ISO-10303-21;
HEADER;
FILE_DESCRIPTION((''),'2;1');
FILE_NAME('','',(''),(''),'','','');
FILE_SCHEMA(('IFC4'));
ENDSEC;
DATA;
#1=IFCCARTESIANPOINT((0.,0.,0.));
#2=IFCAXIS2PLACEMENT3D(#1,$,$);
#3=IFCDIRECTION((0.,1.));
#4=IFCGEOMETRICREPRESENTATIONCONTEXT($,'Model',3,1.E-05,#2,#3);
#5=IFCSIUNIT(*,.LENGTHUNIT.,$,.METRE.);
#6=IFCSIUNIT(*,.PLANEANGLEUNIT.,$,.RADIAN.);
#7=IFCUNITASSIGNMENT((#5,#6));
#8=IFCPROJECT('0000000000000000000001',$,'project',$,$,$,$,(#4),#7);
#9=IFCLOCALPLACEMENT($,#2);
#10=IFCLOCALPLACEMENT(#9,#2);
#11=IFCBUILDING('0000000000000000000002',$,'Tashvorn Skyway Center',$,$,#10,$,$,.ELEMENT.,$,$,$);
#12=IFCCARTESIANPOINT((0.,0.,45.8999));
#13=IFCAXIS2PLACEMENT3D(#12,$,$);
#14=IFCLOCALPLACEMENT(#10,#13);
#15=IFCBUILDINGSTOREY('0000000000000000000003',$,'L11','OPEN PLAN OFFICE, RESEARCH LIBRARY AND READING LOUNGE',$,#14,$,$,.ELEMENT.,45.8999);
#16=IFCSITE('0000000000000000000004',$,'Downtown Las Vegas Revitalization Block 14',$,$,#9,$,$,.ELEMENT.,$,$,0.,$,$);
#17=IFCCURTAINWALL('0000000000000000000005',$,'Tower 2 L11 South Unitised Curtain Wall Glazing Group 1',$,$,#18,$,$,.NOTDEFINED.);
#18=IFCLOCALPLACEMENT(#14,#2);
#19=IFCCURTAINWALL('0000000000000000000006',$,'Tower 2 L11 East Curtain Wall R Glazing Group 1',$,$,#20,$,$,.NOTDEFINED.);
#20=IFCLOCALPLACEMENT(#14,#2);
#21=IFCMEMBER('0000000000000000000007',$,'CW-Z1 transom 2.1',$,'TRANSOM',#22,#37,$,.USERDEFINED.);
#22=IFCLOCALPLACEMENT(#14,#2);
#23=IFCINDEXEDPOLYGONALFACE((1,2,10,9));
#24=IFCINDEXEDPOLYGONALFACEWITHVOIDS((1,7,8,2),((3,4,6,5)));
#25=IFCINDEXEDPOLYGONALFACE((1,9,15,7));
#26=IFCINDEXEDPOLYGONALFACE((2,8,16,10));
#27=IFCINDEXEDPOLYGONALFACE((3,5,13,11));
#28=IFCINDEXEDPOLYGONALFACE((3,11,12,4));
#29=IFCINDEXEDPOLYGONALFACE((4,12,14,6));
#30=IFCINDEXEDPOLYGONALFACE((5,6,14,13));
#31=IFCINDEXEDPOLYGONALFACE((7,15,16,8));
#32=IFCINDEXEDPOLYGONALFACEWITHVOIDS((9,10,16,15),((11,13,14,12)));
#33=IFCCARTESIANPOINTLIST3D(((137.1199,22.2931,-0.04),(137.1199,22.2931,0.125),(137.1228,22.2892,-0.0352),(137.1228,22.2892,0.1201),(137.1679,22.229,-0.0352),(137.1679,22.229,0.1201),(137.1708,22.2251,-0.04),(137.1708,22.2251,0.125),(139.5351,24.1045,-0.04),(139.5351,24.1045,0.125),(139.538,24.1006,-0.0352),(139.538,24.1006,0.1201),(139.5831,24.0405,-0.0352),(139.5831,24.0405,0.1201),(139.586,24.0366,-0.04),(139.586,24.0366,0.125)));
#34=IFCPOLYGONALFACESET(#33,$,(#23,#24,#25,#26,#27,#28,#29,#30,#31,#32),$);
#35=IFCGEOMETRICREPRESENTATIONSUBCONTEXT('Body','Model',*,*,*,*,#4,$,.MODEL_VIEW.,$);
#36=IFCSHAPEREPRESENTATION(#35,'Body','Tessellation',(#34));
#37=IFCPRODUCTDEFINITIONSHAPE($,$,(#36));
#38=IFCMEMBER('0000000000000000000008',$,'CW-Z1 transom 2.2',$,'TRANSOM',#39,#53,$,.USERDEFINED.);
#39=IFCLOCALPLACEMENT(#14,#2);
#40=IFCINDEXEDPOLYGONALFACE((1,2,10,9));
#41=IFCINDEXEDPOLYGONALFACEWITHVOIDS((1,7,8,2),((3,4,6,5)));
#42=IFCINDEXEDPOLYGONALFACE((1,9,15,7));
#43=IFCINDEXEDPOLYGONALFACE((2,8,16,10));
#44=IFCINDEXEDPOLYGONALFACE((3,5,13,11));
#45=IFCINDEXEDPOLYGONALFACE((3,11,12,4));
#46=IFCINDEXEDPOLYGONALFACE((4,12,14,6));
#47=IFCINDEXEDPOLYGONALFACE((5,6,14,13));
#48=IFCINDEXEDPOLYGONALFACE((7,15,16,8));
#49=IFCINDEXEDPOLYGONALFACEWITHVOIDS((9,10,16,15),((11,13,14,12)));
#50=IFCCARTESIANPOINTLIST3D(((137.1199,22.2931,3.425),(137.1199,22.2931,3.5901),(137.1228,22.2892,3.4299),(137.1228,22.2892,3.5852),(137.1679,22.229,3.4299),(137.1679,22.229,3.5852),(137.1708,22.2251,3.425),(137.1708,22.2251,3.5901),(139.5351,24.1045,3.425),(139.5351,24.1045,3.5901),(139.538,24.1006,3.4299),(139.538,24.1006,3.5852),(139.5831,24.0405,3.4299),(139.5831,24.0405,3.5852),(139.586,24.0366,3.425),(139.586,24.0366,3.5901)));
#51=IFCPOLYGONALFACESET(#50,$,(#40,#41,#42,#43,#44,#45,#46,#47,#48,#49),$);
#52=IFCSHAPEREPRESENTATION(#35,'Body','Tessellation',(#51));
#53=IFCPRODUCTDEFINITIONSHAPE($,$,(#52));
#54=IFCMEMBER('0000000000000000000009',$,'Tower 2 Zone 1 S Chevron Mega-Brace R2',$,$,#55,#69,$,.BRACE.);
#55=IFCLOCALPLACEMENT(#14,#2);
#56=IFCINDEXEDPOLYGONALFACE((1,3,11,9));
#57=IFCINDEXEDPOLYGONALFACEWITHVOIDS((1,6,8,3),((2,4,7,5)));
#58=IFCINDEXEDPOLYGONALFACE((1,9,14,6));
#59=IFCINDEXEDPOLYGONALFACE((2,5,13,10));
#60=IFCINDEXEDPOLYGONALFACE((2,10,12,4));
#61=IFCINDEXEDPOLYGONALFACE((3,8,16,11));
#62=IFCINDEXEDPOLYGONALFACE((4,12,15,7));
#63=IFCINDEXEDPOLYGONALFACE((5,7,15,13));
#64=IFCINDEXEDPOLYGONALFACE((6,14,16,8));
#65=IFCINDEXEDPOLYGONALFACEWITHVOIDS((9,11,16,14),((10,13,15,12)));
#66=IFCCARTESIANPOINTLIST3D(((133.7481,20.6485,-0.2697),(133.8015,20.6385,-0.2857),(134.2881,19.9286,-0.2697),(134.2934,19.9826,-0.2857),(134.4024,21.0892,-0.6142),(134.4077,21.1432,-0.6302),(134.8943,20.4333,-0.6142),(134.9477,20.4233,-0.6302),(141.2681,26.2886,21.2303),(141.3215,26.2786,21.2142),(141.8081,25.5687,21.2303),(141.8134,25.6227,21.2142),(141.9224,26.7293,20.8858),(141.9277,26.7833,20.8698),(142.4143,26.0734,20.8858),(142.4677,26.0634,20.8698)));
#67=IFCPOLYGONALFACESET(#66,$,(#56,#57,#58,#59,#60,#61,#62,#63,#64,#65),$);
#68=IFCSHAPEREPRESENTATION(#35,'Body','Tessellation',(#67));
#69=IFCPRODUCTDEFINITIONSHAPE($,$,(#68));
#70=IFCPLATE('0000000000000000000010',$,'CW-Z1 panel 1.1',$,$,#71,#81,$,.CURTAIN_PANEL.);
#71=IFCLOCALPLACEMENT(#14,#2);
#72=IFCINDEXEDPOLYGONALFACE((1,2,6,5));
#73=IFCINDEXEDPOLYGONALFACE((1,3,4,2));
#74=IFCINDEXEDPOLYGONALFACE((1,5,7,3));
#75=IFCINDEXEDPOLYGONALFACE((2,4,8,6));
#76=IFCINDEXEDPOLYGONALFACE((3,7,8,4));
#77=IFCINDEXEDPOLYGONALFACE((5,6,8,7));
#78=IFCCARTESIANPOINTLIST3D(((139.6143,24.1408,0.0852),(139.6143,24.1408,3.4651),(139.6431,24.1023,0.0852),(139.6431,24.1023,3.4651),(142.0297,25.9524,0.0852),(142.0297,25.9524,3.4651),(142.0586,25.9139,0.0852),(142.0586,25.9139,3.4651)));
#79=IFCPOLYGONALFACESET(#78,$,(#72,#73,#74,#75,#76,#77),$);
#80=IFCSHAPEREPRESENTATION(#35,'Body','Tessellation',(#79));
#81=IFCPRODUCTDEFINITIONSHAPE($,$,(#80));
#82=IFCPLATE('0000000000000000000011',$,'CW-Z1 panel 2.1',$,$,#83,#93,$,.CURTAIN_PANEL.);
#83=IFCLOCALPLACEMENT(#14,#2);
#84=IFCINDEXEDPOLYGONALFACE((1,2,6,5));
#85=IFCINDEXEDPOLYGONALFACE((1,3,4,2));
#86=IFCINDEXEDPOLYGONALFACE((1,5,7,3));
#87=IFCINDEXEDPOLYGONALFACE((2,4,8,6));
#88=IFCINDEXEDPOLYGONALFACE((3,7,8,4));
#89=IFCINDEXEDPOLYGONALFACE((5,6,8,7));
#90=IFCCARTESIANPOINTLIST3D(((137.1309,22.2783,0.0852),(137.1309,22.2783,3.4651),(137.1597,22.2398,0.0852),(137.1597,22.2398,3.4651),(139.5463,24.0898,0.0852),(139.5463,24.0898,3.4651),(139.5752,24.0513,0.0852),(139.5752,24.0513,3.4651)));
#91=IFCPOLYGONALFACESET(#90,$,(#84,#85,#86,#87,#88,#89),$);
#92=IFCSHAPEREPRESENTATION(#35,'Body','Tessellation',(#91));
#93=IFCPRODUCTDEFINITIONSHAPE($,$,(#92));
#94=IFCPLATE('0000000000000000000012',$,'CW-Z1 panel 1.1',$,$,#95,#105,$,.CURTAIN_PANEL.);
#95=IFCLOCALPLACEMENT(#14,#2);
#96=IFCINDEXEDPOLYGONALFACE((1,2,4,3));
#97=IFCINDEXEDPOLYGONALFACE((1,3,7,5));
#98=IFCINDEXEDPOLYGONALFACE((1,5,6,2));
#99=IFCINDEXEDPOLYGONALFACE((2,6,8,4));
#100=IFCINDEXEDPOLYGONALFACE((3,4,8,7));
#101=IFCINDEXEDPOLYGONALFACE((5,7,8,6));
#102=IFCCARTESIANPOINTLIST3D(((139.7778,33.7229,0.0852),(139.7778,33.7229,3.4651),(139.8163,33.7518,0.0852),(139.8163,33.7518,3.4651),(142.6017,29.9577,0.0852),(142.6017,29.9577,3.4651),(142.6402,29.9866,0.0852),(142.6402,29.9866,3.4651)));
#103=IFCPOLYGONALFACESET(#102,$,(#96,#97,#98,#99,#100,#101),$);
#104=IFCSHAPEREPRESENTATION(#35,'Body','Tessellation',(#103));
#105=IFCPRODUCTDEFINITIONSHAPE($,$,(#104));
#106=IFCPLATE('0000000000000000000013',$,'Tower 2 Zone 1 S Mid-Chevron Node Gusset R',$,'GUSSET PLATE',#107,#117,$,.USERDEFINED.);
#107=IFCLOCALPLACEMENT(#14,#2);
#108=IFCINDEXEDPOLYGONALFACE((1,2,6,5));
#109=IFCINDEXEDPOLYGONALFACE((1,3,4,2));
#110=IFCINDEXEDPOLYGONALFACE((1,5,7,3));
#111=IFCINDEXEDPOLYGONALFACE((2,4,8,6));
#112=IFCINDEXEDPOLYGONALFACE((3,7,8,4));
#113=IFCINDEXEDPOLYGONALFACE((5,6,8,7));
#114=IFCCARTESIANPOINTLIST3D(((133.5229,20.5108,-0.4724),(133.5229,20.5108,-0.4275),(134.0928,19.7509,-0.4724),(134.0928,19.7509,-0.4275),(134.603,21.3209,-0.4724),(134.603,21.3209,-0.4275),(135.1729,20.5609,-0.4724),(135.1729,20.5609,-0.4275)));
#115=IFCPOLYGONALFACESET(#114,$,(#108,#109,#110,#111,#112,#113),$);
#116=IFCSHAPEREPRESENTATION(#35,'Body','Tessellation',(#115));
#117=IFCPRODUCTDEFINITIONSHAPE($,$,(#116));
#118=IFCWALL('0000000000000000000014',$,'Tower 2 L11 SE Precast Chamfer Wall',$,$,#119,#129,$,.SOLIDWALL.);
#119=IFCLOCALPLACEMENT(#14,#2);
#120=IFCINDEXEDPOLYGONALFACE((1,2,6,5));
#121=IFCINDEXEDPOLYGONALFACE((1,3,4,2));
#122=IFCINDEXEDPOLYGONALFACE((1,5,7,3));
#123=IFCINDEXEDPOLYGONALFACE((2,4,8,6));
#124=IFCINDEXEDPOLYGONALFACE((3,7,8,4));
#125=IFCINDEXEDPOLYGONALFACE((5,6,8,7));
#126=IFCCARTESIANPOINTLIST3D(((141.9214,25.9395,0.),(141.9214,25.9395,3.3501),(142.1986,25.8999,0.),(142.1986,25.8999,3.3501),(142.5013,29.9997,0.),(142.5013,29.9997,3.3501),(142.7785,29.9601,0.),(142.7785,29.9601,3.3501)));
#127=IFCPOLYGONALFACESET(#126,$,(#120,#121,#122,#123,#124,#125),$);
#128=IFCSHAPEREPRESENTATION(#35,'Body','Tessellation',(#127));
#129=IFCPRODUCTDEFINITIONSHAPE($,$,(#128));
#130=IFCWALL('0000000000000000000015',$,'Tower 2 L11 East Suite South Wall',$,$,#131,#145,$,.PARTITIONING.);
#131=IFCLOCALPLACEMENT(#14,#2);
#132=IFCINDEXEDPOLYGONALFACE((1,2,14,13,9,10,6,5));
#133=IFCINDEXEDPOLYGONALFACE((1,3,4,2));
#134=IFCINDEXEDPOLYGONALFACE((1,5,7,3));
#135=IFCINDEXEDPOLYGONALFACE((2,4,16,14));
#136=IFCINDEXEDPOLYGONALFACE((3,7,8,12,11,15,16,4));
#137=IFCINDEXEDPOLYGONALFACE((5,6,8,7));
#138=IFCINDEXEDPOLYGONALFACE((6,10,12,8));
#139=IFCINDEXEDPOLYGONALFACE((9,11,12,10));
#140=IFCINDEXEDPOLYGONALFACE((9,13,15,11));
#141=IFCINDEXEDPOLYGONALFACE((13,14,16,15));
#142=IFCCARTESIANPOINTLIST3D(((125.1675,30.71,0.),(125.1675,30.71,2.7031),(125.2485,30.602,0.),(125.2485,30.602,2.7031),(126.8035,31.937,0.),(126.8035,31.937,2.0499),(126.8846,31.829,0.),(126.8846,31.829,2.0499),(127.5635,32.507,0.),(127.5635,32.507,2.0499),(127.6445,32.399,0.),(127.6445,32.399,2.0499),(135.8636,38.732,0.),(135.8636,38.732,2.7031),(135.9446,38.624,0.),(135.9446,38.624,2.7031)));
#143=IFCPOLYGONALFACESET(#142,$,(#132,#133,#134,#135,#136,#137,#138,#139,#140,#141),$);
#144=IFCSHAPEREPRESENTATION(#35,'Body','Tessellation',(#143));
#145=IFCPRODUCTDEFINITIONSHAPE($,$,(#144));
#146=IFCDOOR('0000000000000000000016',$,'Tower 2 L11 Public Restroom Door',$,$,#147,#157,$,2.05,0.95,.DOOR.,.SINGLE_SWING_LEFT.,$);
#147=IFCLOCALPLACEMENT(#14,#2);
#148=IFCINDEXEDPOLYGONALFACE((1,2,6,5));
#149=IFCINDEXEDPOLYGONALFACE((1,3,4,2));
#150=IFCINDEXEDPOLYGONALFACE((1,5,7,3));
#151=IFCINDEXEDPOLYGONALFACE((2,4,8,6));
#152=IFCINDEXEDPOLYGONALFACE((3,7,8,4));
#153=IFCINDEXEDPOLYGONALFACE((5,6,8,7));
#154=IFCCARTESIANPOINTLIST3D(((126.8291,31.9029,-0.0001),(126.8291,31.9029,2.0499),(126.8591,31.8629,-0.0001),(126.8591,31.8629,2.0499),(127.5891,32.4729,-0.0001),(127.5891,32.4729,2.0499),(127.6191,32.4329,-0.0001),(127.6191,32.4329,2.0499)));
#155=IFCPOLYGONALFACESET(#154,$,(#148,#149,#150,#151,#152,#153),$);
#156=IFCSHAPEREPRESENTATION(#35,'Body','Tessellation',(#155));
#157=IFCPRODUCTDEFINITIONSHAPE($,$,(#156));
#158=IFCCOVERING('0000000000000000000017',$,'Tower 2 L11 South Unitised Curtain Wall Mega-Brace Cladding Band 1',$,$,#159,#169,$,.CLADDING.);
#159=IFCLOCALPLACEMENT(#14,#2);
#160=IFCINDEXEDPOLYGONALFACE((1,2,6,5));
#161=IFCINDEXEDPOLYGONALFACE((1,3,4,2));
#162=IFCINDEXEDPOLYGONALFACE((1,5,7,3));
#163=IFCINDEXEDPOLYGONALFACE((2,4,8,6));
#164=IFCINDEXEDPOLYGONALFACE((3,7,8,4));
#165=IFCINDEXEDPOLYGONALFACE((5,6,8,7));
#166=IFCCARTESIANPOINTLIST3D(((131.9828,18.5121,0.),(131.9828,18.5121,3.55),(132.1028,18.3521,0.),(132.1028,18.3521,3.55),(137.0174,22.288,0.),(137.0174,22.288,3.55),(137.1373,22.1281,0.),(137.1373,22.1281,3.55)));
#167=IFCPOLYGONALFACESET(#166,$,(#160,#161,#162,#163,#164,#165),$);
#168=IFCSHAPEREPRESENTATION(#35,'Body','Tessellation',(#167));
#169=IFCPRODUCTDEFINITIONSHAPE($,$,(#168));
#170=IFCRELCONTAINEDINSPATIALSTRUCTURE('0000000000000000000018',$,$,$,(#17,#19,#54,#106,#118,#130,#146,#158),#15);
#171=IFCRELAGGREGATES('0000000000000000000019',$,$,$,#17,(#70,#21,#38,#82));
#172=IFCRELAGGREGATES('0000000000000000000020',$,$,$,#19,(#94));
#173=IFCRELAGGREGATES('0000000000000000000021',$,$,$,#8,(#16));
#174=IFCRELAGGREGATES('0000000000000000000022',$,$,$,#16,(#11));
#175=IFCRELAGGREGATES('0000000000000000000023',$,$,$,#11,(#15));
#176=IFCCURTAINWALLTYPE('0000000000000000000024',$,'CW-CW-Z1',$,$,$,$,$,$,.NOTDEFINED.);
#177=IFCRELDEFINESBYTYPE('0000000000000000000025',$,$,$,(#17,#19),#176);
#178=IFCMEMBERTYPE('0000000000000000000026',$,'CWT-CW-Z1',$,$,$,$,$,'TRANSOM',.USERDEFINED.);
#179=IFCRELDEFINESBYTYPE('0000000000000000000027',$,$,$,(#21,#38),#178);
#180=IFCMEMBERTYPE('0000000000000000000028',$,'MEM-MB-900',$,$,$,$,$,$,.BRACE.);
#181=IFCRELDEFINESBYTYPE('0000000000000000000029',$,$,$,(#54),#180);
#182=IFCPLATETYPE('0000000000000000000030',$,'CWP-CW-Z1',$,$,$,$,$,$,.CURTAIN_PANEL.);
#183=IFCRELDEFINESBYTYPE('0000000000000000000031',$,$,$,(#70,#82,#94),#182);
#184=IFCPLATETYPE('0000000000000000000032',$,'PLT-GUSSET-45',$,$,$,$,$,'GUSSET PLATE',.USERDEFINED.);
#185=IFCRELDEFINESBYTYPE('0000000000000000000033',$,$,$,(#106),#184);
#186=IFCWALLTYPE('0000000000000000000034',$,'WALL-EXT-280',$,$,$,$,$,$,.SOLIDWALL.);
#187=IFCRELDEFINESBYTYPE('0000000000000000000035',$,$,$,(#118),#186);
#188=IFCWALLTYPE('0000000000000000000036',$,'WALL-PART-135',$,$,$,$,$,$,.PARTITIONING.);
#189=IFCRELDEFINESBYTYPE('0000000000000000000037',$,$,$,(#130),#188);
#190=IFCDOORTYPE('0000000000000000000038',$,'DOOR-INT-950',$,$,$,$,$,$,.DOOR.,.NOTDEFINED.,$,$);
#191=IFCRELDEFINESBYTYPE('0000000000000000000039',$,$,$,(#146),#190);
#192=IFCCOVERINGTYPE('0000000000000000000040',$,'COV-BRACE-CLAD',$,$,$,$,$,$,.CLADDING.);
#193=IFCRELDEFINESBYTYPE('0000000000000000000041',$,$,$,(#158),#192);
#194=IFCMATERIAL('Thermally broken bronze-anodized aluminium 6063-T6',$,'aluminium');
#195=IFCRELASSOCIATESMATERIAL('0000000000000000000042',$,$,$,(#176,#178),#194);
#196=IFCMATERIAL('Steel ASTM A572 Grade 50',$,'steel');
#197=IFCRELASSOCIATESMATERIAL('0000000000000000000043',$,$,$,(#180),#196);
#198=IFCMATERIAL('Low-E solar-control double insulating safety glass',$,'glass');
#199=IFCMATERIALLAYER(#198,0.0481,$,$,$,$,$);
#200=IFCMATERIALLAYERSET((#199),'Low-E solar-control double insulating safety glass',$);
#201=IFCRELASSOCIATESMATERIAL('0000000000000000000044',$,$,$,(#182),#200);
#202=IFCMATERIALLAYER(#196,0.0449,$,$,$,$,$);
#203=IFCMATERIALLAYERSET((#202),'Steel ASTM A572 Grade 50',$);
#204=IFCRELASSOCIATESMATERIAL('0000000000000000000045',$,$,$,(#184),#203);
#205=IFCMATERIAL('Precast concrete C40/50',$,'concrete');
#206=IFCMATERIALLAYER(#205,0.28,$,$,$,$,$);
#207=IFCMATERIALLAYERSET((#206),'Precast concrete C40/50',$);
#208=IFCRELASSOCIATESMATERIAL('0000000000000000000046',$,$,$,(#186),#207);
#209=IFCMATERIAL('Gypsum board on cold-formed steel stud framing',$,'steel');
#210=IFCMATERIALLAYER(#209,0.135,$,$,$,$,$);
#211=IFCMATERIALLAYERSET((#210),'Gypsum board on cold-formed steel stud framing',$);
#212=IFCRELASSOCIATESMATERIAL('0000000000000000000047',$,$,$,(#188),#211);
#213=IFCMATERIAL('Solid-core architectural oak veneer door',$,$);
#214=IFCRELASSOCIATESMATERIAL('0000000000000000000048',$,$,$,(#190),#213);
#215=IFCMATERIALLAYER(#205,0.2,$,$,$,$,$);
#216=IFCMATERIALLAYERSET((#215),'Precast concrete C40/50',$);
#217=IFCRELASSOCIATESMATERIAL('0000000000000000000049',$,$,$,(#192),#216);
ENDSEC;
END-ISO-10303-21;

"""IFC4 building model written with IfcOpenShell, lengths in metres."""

from ifc_helpers import new_model, si_unit, direction, frame, frame_2d, origin, origin_2d, place, context, subcontext, project, spatial, rectangle, hollow_rectangle, extrude, material, layer, layer_set, material_profile, profile_set, type_object, element, fill, aggregate, save


model = new_model("IFC4")

# Units and contexts
model_context = context("Model", 3, precision=1e-05, world=origin(), true_north=direction((0.0, 1.0)))
body_context = subcontext(model_context, "Body", "Model", "MODEL_VIEW")
ifc_project = project(units=[si_unit("LENGTHUNIT", "METRE"), si_unit("PLANEANGLEUNIT", "RADIAN")], contexts=[model_context])

# Site, building, storey
site_placement = place(None, origin())
site = spatial("IfcSite", under=ifc_project, at=site_placement, Name="Downtown Las Vegas Revitalization Block 14", CompositionType="ELEMENT", RefElevation=0.0)
building_placement = place(site_placement, origin())
building = spatial("IfcBuilding", under=site, at=building_placement, Name="Tashvorn Skyway Center", CompositionType="ELEMENT")
storey_placement = place(building_placement, frame((0.0, 0.0, 45.8999)))
storey = spatial("IfcBuildingStorey", under=building, at=storey_placement, Name="L11", Description="OPEN PLAN OFFICE, RESEARCH LIBRARY AND READING LOUNGE", CompositionType="ELEMENT", Elevation=45.8999)

# Shared definitions
ifc_material_1 = material(Name="Steel ASTM A572 Grade 50", Category="steel")

# Curtain wall
ifc_material_2 = material(Name="Thermally broken bronze-anodized aluminium 6063-T6", Category="aluminium")
curtain_wall_type = type_object("IfcCurtainWallType", Name="CW-CW-Z1", PredefinedType="NOTDEFINED", material=ifc_material_2)
curtain_wall_1_placement = place(storey_placement, origin())
curtain_wall_1 = element("IfcCurtainWall", 1, at=curtain_wall_1_placement, inside=storey, type_object=curtain_wall_type, Name="Tower 2 L11 South Unitised Curtain Wall Glazing Group 1", PredefinedType="NOTDEFINED")

# Curtain wall
curtain_wall_2_placement = place(storey_placement, origin())
curtain_wall_2 = element("IfcCurtainWall", 2, at=curtain_wall_2_placement, inside=storey, type_object=curtain_wall_type, Name="Tower 2 L11 East Curtain Wall R Glazing Group 1", PredefinedType="NOTDEFINED")

# Members
ifc_material_profile_1 = material_profile(ifc_material_2, hollow_rectangle(XDim=0.085, YDim=0.165, WallThickness=0.0049, at=origin_2d()), Name="ALU-TRAN-85x165")
ifc_profile_set_1 = profile_set([ifc_material_profile_1], Name="Thermally broken bronze-anodized aluminium 6063-T6")
member_type_1 = type_object("IfcMemberType", Name="CWT-CW-Z1", ElementType="TRANSOM", PredefinedType="USERDEFINED", material=ifc_profile_set_1)
member_1_placement = place(storey_placement, frame((139.5605, 24.0706, 0.0425), z_axis=(-0.79999, -0.600013, 0.0), x_axis=(0.600013, -0.79999, 0.0)))
member_1 = element("IfcMember", 3, at=member_1_placement, type_object=member_type_1, Name="CW-Z1 transom 2.1", ObjectType="TRANSOM", PredefinedType="USERDEFINED", context=body_context, shape_type="SweptSolid", body=[
    extrude(hollow_rectangle(XDim=0.085, YDim=0.165, WallThickness=0.0049, at=origin_2d()), origin(), (0.0, 0.0, 1.0), 3.019),
])
member_2_placement = place(storey_placement, frame((139.5605, 24.0706, 3.5076), z_axis=(-0.79999, -0.600013, 0.0), x_axis=(0.600013, -0.79999, 0.0)))
member_2 = element("IfcMember", 4, at=member_2_placement, type_object=member_type_1, Name="CW-Z1 transom 2.2", ObjectType="TRANSOM", PredefinedType="USERDEFINED", context=body_context, shape_type="SweptSolid", body=[
    extrude(hollow_rectangle(XDim=0.085, YDim=0.165, WallThickness=0.0049, at=origin_2d()), origin(), (0.0, 0.0, 1.0), 3.019),
])
ifc_material_profile_2 = material_profile(ifc_material_1, hollow_rectangle(XDim=0.8999, YDim=0.8999, WallThickness=0.04, at=origin_2d()), Name="BOX900x900x40")
ifc_profile_set_2 = profile_set([ifc_material_profile_2], Name="Steel ASTM A572 Grade 50")
member_type_2 = type_object("IfcMemberType", Name="MEM-MB-900", PredefinedType="BRACE", material=ifc_profile_set_2)
member_3_placement = place(storey_placement, frame((134.3479, 20.5359, -0.45), z_axis=(0.320477, 0.240363, 0.916254), x_axis=(-0.600008, 0.799994, 0.0)))
element("IfcMember", 5, at=member_3_placement, inside=storey, type_object=member_type_2, Name="Tower 2 Zone 1 S Chevron Mega-Brace R2", PredefinedType="BRACE", context=body_context, shape_type="SweptSolid", body=[
    extrude(hollow_rectangle(XDim=0.8999, YDim=0.8999, WallThickness=0.04, at=origin_2d()), origin(), (0.0, 0.0, 1.0), 23.4651),
])

# Plates
ifc_material_3 = material(Name="Low-E solar-control double insulating safety glass", Category="glass")
ifc_layer_1 = layer(ifc_material_3, 0.0481)
ifc_layer_set_1 = layer_set([ifc_layer_1], Name="Low-E solar-control double insulating safety glass")
plate_type_1 = type_object("IfcPlateType", Name="CWP-CW-Z1", PredefinedType="CURTAIN_PANEL", material=ifc_layer_set_1)
plate_1_placement = place(storey_placement, frame((140.8364, 25.0273, 0.0852), z_axis=(0.0, 0.0, 1.0), x_axis=(-0.800002, -0.599997, 0.0)))
plate_1 = element("IfcPlate", 6, at=plate_1_placement, type_object=plate_type_1, Name="CW-Z1 panel 1.1", PredefinedType="CURTAIN_PANEL", context=body_context, shape_type="SweptSolid", body=[
    extrude(rectangle(XDim=3.0193, YDim=0.0481, at=origin_2d()), origin(), (0.0, 0.0, 1.0), 3.3799),
])
plate_2_placement = place(storey_placement, frame((138.353, 23.1648, 0.0852), z_axis=(0.0, 0.0, 1.0), x_axis=(-0.800002, -0.599997, 0.0)))
plate_2 = element("IfcPlate", 7, at=plate_2_placement, type_object=plate_type_1, Name="CW-Z1 panel 2.1", PredefinedType="CURTAIN_PANEL", context=body_context, shape_type="SweptSolid", body=[
    extrude(rectangle(XDim=3.0193, YDim=0.0481, at=origin_2d()), origin(), (0.0, 0.0, 1.0), 3.3799),
])
aggregate(curtain_wall_1, [plate_1, member_1, member_2, plate_2])
plate_3_placement = place(storey_placement, frame((141.209, 31.8547, 0.0852), z_axis=(0.0, 0.0, 1.0), x_axis=(0.600003, -0.799998, 0.0)))
plate_3 = element("IfcPlate", 8, at=plate_3_placement, type_object=plate_type_1, Name="CW-Z1 panel 1.1", PredefinedType="CURTAIN_PANEL", context=body_context, shape_type="SweptSolid", body=[
    extrude(rectangle(XDim=4.7065, YDim=0.0481, at=origin_2d()), origin(), (0.0, 0.0, 1.0), 3.3799),
])
aggregate(curtain_wall_2, [plate_3])
ifc_layer_2 = layer(ifc_material_1, 0.0449)
ifc_layer_set_2 = layer_set([ifc_layer_2], Name="Steel ASTM A572 Grade 50")
plate_type_2 = type_object("IfcPlateType", Name="PLT-GUSSET-45", ElementType="GUSSET PLATE", PredefinedType="USERDEFINED", material=ifc_layer_set_2)
plate_4_placement = place(storey_placement, frame((134.3479, 20.5359, -0.4724), z_axis=(0.0, 0.0, 1.0), x_axis=(0.8, 0.6, 0.0)))
element("IfcPlate", 9, at=plate_4_placement, inside=storey, type_object=plate_type_2, Name="Tower 2 Zone 1 S Mid-Chevron Node Gusset R", ObjectType="GUSSET PLATE", PredefinedType="USERDEFINED", context=body_context, shape_type="SweptSolid", body=[
    extrude(rectangle(XDim=1.3501, YDim=0.95, at=origin_2d()), origin(), (0.0, 0.0, 1.0), 0.0449),
])

# Wall
ifc_material_4 = material(Name="Precast concrete C40/50", Category="concrete")
ifc_layer_3 = layer(ifc_material_4, 0.28)
ifc_layer_set_3 = layer_set([ifc_layer_3], Name="Precast concrete C40/50")
wall_type_1 = type_object("IfcWallType", Name="WALL-EXT-280", PredefinedType="SOLIDWALL", material=ifc_layer_set_3)
wall_1_placement = place(storey_placement, frame((142.6399, 29.98, 0.0), z_axis=(0.0, 0.0, 1.0), x_axis=(-0.14138, -0.989955, 0.0)))
element("IfcWall", 10, at=wall_1_placement, inside=storey, type_object=wall_type_1, Name="Tower 2 L11 SE Precast Chamfer Wall", PredefinedType="SOLIDWALL", context=body_context, shape_type="SweptSolid", body=[
    extrude(rectangle(XDim=4.1013, YDim=0.28, at=frame_2d((2.0508, 0.0))), origin(), (0.0, 0.0, 1.0), 3.3501),
])

# Wall, opening, door
ifc_material_5 = material(Name="Gypsum board on cold-formed steel stud framing", Category="steel")
ifc_layer_4 = layer(ifc_material_5, 0.135)
ifc_layer_set_4 = layer_set([ifc_layer_4], Name="Gypsum board on cold-formed steel stud framing")
wall_type_2 = type_object("IfcWallType", Name="WALL-PART-135", PredefinedType="PARTITIONING", material=ifc_layer_set_4)
wall_2_placement = place(storey_placement, frame((125.208, 30.656, 0.0), z_axis=(0.0, 0.0, 1.0), x_axis=(0.800002, 0.599997, 0.0)))
wall_2 = element("IfcWall", 11, at=wall_2_placement, inside=storey, type_object=wall_type_2, Name="Tower 2 L11 East Suite South Wall", PredefinedType="PARTITIONING", context=body_context, shape_type="SweptSolid", body=[
    extrude(rectangle(XDim=13.3701, YDim=0.135, at=frame_2d((6.6851, 0.0))), origin(), (0.0, 0.0, 1.0), 2.7031),
])
opening_placement = place(wall_2_placement, frame((2.0449, 0.0, 0.0)))
opening = element("IfcOpeningElement", 12, at=opening_placement, cuts=wall_2, PredefinedType="OPENING", context=body_context, shape_type="SweptSolid", body=[
    extrude(rectangle(XDim=0.95, YDim=2.05, at=frame_2d((0.4751, 1.0249))), frame((0.0, 0.0774, 0.0), z_axis=(0.0, -1.0, 0.0), x_axis=(1.0, 0.0, 0.0)), (0.0, 0.0, 1.0), 0.155),
])
ifc_material_6 = material(Name="Solid-core architectural oak veneer door")
door_type = type_object("IfcDoorType", Name="DOOR-INT-950", OperationType="NOTDEFINED", PredefinedType="DOOR", material=ifc_material_6)
door_placement = place(opening_placement, origin())
door = element("IfcDoor", 13, at=door_placement, inside=storey, type_object=door_type, Name="Tower 2 L11 Public Restroom Door", OperationType="SINGLE_SWING_LEFT", OverallHeight=2.05, OverallWidth=0.95, PredefinedType="DOOR", context=body_context, shape_type="SweptSolid", body=[
    extrude(rectangle(XDim=0.95, YDim=2.05, at=frame_2d((0.4751, 1.0249))), frame((0.0, 0.0249, 0.0), z_axis=(0.0, -1.0, 0.0), x_axis=(1.0, 0.0, 0.0)), (0.0, 0.0, 1.0), 0.05),
])
fill(opening, door)

# Covering
ifc_layer_5 = layer(ifc_material_4, 0.2)
ifc_layer_set_5 = layer_set([ifc_layer_5], Name="Precast concrete C40/50")
covering_type_1 = type_object("IfcCoveringType", Name="COV-BRACE-CLAD", PredefinedType="CLADDING", material=ifc_layer_set_5)
covering_1_placement = place(storey_placement, frame((134.5601, 20.3201, 0.0), z_axis=(0.0, 0.0, 1.0), x_axis=(-0.8, -0.6, 0.0)))
element("IfcCovering", 14, at=covering_1_placement, inside=storey, type_object=covering_type_1, Name="Tower 2 L11 South Unitised Curtain Wall Mega-Brace Cladding Band 1", PredefinedType="CLADDING", context=body_context, shape_type="SweptSolid", body=[
    extrude(rectangle(XDim=6.2932, YDim=0.2, at=origin_2d()), origin(), (0.0, 0.0, 1.0), 3.55),
])

save(model, "model.ifc")
